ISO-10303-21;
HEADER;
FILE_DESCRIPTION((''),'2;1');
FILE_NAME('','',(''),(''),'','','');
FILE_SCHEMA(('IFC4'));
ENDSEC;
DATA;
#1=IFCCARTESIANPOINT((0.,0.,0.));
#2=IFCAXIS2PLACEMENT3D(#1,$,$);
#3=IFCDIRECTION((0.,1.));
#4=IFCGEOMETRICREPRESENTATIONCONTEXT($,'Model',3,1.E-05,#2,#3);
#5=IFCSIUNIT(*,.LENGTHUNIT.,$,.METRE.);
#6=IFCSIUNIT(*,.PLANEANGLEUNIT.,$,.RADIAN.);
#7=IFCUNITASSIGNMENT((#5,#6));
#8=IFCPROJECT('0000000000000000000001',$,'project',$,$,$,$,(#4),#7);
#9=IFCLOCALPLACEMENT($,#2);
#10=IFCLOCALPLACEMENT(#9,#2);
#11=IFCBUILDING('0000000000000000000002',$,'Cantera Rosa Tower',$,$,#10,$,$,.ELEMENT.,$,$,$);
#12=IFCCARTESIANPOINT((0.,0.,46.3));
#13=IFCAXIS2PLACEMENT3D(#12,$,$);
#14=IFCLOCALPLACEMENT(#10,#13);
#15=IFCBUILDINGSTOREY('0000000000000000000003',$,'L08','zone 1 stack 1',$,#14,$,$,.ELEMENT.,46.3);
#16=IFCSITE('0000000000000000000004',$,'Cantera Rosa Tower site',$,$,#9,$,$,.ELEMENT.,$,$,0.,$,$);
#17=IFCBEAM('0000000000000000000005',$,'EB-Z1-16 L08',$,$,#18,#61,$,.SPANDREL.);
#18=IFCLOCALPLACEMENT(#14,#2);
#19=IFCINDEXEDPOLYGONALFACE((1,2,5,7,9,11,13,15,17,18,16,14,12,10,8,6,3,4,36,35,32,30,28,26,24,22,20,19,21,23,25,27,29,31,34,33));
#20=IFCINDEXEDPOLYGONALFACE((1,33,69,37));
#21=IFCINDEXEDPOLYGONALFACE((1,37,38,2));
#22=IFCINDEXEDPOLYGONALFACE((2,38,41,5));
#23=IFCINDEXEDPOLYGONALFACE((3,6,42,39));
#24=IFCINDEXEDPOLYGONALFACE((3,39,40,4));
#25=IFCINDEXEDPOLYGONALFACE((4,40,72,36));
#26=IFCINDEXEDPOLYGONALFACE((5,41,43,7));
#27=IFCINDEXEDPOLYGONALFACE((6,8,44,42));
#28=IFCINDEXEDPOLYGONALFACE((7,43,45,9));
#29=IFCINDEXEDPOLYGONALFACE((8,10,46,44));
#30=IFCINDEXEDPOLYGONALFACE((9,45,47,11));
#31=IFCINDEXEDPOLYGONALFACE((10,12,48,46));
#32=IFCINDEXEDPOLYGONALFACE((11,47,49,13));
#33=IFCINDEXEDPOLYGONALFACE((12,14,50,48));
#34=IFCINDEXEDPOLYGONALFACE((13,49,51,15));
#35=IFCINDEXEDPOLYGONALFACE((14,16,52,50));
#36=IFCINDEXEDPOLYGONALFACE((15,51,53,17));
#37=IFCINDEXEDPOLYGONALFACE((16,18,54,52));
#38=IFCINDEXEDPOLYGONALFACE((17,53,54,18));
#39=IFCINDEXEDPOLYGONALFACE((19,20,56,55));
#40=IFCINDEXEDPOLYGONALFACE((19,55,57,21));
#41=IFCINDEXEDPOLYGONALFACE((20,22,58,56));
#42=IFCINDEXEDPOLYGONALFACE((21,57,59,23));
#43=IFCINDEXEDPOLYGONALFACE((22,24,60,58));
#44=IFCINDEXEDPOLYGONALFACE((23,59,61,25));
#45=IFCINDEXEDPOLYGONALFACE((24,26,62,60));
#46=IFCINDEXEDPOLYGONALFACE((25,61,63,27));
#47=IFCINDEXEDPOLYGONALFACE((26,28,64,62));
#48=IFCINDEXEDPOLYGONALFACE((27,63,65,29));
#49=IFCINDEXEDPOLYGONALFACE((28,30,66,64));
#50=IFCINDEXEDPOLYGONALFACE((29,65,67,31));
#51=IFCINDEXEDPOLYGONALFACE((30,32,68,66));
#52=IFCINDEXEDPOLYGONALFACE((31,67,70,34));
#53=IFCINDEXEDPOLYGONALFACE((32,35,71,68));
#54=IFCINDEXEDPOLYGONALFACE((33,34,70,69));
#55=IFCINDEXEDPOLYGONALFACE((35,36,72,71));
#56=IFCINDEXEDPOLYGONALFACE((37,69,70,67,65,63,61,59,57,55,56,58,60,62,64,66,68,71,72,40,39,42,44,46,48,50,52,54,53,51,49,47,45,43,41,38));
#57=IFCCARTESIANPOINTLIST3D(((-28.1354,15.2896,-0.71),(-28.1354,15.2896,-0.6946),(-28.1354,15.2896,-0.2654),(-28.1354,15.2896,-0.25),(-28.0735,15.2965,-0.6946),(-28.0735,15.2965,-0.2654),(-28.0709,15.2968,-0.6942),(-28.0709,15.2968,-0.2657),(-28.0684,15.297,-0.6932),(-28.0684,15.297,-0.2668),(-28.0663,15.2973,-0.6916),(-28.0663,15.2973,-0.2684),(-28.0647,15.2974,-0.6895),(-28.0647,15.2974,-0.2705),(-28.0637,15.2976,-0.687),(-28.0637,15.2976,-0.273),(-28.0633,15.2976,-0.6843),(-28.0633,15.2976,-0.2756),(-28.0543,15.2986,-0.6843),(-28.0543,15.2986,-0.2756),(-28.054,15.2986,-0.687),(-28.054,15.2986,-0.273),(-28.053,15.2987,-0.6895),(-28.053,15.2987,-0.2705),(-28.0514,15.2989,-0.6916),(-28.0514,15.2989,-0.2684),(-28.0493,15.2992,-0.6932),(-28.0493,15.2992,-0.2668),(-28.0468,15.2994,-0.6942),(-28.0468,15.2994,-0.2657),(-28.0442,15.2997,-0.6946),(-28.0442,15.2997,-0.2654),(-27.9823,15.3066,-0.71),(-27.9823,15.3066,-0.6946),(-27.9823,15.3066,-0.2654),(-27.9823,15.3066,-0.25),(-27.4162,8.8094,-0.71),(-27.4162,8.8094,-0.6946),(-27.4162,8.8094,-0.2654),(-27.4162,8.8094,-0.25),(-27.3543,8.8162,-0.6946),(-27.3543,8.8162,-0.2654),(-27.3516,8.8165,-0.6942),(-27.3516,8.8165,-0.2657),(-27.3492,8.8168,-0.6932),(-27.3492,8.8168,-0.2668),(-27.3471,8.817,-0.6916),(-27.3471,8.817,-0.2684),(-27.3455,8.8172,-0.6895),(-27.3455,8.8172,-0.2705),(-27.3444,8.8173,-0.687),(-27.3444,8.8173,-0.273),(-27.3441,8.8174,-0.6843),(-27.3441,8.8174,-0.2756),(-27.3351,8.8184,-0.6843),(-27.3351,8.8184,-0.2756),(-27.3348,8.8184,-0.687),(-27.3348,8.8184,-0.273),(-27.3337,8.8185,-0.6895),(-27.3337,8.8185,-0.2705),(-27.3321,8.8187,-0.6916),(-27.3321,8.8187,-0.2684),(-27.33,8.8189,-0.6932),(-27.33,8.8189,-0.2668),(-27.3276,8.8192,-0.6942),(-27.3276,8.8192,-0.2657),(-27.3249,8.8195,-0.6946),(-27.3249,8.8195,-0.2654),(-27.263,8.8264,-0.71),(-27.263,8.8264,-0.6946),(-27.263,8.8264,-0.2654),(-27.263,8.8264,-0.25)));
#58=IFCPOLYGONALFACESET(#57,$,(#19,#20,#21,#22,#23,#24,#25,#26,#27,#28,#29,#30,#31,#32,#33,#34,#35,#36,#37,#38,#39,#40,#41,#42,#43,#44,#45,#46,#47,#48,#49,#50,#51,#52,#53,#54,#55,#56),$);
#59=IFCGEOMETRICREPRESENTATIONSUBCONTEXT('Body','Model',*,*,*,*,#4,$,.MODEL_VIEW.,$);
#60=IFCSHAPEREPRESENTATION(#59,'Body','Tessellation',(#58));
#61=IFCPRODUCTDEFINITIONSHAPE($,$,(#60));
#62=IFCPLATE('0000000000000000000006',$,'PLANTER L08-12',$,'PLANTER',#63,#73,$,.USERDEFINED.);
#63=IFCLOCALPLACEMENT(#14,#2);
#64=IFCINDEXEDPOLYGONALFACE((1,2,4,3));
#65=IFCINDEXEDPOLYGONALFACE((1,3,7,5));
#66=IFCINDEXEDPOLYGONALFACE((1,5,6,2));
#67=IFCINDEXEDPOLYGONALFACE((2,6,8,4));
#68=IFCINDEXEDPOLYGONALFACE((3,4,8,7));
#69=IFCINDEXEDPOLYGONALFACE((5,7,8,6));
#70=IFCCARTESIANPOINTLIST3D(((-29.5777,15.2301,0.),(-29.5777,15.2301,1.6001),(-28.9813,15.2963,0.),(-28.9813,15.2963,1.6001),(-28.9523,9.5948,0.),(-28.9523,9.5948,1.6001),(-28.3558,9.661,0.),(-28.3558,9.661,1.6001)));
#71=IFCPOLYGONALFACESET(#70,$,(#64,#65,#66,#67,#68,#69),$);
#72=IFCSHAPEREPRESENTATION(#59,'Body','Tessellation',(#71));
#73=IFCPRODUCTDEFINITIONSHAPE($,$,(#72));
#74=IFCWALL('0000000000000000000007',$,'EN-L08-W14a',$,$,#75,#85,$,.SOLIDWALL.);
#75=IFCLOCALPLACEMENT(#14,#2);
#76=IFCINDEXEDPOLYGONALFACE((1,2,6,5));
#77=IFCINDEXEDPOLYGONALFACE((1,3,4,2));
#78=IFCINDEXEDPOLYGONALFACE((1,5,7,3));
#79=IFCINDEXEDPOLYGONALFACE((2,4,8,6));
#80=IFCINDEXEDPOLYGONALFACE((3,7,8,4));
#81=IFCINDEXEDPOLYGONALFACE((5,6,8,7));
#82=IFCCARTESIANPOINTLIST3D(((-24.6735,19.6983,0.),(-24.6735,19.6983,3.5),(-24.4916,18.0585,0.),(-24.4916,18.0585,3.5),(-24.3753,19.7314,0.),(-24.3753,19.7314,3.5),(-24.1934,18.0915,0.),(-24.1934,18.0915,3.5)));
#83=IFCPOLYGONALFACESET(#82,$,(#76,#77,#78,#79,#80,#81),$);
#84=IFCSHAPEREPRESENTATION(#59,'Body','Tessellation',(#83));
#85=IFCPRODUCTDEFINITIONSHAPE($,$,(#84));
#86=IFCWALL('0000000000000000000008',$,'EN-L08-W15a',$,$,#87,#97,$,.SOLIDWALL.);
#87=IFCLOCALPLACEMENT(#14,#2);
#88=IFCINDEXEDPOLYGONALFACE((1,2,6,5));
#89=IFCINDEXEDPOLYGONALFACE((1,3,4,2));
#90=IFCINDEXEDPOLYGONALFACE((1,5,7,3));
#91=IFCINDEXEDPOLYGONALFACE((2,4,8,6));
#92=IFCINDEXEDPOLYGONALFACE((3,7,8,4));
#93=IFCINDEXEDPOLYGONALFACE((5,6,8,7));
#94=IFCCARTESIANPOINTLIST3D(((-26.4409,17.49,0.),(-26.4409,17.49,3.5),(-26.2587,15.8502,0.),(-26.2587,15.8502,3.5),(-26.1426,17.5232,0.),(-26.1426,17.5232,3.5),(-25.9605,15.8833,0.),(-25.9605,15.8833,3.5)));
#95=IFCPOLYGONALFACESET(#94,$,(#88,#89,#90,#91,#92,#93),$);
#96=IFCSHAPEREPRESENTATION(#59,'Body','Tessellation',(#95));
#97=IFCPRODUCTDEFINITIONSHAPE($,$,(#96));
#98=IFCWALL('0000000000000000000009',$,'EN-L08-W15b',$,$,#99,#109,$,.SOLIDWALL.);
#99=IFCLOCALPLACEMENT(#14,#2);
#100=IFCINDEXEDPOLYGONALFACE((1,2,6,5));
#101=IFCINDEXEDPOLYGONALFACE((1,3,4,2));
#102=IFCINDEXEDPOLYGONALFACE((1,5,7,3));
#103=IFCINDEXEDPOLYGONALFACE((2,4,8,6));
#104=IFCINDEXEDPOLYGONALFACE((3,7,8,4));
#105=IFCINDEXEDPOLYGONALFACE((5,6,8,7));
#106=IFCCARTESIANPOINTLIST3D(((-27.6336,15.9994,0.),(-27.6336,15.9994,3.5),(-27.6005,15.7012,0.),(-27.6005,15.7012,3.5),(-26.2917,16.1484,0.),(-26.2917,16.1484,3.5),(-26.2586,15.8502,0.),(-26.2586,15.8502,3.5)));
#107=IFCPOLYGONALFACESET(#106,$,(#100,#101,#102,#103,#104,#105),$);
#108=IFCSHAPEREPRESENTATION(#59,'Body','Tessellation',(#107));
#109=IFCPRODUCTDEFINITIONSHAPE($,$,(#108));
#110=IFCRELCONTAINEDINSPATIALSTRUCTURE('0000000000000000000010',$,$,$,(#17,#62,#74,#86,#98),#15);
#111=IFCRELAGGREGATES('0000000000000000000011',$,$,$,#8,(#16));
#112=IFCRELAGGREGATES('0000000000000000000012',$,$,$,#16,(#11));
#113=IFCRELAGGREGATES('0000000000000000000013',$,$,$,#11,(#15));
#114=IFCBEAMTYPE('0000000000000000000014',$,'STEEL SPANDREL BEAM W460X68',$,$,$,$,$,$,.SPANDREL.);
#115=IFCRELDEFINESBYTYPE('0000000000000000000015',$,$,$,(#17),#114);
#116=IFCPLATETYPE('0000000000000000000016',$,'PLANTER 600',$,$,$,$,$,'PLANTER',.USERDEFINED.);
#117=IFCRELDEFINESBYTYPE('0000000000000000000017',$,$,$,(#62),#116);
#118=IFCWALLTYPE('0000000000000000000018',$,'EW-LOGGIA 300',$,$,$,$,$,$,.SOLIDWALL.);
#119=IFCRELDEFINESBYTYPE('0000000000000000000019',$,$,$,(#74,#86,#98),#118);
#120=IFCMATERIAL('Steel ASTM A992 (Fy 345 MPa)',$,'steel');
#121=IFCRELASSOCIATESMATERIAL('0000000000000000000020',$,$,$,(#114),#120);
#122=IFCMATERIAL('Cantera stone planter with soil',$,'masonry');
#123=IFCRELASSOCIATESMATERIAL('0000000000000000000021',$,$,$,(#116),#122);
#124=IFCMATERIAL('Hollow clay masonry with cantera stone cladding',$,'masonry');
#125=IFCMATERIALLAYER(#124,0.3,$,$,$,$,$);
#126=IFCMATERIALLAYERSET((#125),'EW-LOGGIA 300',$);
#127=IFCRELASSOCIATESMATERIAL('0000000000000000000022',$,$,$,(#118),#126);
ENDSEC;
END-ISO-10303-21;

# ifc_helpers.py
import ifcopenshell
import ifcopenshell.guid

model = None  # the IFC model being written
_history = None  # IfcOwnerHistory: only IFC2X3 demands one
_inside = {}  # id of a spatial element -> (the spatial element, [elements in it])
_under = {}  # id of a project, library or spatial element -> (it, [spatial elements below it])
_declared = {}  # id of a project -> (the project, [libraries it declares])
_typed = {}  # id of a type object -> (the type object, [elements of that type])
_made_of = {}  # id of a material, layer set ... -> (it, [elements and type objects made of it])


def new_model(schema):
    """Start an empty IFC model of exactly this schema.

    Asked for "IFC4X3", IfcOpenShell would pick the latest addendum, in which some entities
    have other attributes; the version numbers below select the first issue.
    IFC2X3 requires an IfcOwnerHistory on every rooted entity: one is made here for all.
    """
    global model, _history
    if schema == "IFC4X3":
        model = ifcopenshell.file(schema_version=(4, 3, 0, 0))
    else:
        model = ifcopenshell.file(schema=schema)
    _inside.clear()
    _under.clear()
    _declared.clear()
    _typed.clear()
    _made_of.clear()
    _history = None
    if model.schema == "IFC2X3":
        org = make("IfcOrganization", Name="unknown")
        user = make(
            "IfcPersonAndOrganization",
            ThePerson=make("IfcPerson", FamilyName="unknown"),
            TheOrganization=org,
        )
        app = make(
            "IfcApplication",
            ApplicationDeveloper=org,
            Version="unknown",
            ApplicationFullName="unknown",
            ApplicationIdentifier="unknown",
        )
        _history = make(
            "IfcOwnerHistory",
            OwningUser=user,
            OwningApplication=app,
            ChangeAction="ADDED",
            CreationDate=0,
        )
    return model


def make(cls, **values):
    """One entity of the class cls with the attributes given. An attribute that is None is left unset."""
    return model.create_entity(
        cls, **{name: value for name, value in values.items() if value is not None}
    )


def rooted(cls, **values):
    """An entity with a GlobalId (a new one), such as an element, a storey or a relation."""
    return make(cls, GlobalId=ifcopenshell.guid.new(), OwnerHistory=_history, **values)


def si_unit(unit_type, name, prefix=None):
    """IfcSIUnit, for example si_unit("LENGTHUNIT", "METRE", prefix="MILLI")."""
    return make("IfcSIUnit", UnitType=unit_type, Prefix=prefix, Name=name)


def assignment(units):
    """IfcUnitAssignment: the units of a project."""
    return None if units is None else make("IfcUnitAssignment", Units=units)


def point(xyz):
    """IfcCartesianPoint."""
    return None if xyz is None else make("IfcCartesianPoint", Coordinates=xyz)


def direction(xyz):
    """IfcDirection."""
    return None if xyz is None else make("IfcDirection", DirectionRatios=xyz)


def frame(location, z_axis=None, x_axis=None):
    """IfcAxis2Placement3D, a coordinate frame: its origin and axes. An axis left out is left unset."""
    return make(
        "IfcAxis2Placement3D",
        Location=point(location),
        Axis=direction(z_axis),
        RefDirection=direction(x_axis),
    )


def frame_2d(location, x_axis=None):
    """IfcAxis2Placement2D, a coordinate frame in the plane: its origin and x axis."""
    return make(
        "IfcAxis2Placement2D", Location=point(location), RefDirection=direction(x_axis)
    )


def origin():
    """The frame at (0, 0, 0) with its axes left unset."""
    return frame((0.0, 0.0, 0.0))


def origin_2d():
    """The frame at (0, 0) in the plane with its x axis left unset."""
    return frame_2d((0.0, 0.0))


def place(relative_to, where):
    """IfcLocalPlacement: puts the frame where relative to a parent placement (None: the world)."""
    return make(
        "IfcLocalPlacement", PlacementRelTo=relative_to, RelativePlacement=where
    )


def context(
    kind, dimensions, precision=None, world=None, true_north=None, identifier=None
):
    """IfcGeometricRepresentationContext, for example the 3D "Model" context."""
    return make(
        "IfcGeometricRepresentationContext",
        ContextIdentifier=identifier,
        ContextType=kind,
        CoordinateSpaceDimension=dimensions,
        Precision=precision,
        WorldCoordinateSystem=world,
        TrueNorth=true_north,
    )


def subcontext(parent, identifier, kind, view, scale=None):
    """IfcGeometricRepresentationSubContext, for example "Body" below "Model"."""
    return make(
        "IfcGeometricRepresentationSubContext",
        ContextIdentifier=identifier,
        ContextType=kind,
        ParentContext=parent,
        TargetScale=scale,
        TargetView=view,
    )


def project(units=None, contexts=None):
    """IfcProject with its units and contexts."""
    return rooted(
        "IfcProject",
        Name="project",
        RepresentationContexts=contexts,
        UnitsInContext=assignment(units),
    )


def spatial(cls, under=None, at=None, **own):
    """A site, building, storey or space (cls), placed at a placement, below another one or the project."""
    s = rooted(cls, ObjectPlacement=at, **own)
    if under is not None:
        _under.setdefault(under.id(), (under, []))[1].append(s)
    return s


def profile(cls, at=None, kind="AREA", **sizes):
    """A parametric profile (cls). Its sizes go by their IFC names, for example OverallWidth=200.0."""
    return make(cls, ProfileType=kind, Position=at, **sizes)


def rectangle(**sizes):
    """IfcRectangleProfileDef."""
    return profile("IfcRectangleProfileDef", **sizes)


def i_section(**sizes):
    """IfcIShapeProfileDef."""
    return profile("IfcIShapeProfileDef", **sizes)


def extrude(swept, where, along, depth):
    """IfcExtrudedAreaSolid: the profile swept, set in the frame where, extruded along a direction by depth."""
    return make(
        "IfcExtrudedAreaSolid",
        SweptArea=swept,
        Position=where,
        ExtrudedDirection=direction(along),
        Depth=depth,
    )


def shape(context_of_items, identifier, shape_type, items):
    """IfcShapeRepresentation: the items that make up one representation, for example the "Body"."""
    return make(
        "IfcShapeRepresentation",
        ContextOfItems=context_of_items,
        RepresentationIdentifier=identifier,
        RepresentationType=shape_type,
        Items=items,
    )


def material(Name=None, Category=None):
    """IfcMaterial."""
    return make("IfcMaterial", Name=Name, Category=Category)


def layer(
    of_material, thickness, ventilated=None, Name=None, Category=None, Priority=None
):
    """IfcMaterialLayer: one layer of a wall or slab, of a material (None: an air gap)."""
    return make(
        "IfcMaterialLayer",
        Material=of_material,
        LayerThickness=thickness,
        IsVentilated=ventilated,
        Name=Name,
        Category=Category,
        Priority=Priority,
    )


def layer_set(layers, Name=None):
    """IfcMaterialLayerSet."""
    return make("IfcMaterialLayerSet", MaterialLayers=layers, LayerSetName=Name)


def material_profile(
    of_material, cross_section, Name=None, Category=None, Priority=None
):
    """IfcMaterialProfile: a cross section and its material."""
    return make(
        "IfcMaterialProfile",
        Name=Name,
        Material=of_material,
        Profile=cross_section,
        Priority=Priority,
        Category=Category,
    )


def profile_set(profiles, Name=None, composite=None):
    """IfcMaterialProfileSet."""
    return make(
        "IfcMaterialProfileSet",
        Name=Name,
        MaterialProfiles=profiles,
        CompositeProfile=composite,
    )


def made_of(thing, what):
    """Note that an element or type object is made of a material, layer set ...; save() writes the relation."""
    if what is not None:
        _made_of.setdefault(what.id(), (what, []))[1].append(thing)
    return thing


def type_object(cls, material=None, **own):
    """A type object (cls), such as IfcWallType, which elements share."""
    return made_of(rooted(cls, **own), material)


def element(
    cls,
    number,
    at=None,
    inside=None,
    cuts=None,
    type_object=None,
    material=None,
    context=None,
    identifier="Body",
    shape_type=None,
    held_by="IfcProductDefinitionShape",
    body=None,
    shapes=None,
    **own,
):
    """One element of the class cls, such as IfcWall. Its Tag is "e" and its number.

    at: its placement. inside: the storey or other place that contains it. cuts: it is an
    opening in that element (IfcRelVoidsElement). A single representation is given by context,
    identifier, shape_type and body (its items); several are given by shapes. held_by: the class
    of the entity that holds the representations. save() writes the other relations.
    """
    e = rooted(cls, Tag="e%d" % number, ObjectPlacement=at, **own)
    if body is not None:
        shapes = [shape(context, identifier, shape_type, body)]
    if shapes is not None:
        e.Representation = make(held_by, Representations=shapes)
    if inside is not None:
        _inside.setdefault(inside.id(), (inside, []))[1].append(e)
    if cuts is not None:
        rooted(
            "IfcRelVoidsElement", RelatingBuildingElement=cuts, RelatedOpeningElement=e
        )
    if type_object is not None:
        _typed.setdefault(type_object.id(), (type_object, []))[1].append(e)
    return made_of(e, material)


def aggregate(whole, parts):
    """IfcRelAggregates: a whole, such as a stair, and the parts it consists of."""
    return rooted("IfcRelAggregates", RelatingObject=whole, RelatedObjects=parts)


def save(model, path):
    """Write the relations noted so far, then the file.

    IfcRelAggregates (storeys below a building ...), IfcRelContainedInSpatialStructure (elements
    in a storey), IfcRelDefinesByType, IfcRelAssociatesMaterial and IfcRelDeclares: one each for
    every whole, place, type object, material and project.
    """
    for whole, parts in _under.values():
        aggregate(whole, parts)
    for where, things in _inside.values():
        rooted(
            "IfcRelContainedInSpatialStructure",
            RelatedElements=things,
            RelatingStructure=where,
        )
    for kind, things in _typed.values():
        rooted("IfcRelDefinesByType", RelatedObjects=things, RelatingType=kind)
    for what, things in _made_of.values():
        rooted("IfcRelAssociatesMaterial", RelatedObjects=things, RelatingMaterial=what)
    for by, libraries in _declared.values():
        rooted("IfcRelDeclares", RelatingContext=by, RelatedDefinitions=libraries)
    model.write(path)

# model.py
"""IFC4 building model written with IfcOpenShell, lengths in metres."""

from ifc_helpers import new_model, si_unit, direction, frame, frame_2d, origin, origin_2d, place, context, subcontext, project, spatial, rectangle, i_section, extrude, material, layer, layer_set, material_profile, profile_set, type_object, element, save


model = new_model("IFC4")

# Units and contexts
model_context = context("Model", 3, precision=1e-05, world=origin(), true_north=direction((0.0, 1.0)))
body_context = subcontext(model_context, "Body", "Model", "MODEL_VIEW")
ifc_project = project(units=[si_unit("LENGTHUNIT", "METRE"), si_unit("PLANEANGLEUNIT", "RADIAN")], contexts=[model_context])

# Site, building, storey
site_placement = place(None, origin())
site = spatial("IfcSite", under=ifc_project, at=site_placement, Name="Cantera Rosa Tower site", CompositionType="ELEMENT", RefElevation=0.0)
building_placement = place(site_placement, origin())
building = spatial("IfcBuilding", under=site, at=building_placement, Name="Cantera Rosa Tower", CompositionType="ELEMENT")
storey_placement = place(building_placement, frame((0.0, 0.0, 46.3)))
storey = spatial("IfcBuildingStorey", under=building, at=storey_placement, Name="L08", Description="zone 1 stack 1", CompositionType="ELEMENT", Elevation=46.3)

# Beam
ifc_material_1 = material(Name="Steel ASTM A992 (Fy 345 MPa)", Category="steel")
ifc_material_profile_1 = material_profile(ifc_material_1, i_section(OverallWidth=0.1541, OverallDepth=0.46, WebThickness=0.009, FlangeThickness=0.0154, FilletRadius=0.0103, at=origin_2d()), Name="W460X68")
ifc_profile_set_1 = profile_set([ifc_material_profile_1], Name="Steel ASTM A992 (Fy 345 MPa)")
beam_type_1 = type_object("IfcBeamType", Name="STEEL SPANDREL BEAM W460X68", PredefinedType="SPANDREL", material=ifc_profile_set_1)
beam_1_placement = place(storey_placement, frame((-28.0588, 15.2981, -0.48), z_axis=(0.110312, -0.993897, 0.0), x_axis=(0.993897, 0.110312, 0.0)))
element("IfcBeam", 1, at=beam_1_placement, inside=storey, type_object=beam_type_1, Name="EB-Z1-16 L08", PredefinedType="SPANDREL", context=body_context, shape_type="SweptSolid", body=[
    extrude(i_section(OverallWidth=0.1541, OverallDepth=0.46, WebThickness=0.009, FlangeThickness=0.0154, FilletRadius=0.0103, at=origin_2d()), origin(), (0.0, 0.0, 1.0), 6.52),
])

# Plate
ifc_material_2 = material(Name="Cantera stone planter with soil", Category="masonry")
plate_type = type_object("IfcPlateType", Name="PLANTER 600", ElementType="PLANTER", PredefinedType="USERDEFINED", material=ifc_material_2)
plate_placement = place(storey_placement, frame((-28.9668, 12.4456, 0.0), z_axis=(0.0, 0.0, 1.0), x_axis=(0.110313, -0.993897, 0.0)))
element("IfcPlate", 2, at=plate_placement, inside=storey, type_object=plate_type, Name="PLANTER L08-12", ObjectType="PLANTER", PredefinedType="USERDEFINED", context=body_context, shape_type="SweptSolid", body=[
    extrude(rectangle(XDim=5.6699, YDim=0.6001, at=origin_2d()), origin(), (0.0, 0.0, 1.0), 1.6001),
])

# Walls
ifc_material_3 = material(Name="Hollow clay masonry with cantera stone cladding", Category="masonry")
ifc_layer_1 = layer(ifc_material_3, 0.3)
ifc_layer_set_1 = layer_set([ifc_layer_1], Name="EW-LOGGIA 300")
wall_type_1 = type_object("IfcWallType", Name="EW-LOGGIA 300", PredefinedType="SOLIDWALL", material=ifc_layer_set_1)
for number, where, z_axis, x_axis, name in (
    (3, (-24.5244, 19.7148, 0.0), (0.0, 0.0, 1.0), (0.110237, -0.993905, 0.0), "EN-L08-W14a"),
    (4, (-26.2917, 17.5066, 0.0), (0.0, 0.0, 1.0), (0.110383, -0.993889, 0.0), "EN-L08-W15a"),
):
    element("IfcWall", number, at=place(storey_placement, frame(where, z_axis=z_axis, x_axis=x_axis)), inside=storey, type_object=wall_type_1, Name=name, PredefinedType="SOLIDWALL", context=body_context, shape_type="SweptSolid", body=[
        extrude(rectangle(XDim=1.6499, YDim=0.3, at=frame_2d((0.825, 0.0))), origin(), (0.0, 0.0, 1.0), 3.5),
    ])
wall_1_placement = place(storey_placement, frame((-26.2751, 15.9993, 0.0), z_axis=(0.0, 0.0, 1.0), x_axis=(-0.993897, -0.110312, 0.0)))
element("IfcWall", 5, at=wall_1_placement, inside=storey, type_object=wall_type_1, Name="EN-L08-W15b", PredefinedType="SOLIDWALL", context=body_context, shape_type="SweptSolid", body=[
    extrude(rectangle(XDim=1.3501, YDim=0.3, at=frame_2d((0.675, 0.0))), origin(), (0.0, 0.0, 1.0), 3.5),
])

save(model, "model.ifc")
